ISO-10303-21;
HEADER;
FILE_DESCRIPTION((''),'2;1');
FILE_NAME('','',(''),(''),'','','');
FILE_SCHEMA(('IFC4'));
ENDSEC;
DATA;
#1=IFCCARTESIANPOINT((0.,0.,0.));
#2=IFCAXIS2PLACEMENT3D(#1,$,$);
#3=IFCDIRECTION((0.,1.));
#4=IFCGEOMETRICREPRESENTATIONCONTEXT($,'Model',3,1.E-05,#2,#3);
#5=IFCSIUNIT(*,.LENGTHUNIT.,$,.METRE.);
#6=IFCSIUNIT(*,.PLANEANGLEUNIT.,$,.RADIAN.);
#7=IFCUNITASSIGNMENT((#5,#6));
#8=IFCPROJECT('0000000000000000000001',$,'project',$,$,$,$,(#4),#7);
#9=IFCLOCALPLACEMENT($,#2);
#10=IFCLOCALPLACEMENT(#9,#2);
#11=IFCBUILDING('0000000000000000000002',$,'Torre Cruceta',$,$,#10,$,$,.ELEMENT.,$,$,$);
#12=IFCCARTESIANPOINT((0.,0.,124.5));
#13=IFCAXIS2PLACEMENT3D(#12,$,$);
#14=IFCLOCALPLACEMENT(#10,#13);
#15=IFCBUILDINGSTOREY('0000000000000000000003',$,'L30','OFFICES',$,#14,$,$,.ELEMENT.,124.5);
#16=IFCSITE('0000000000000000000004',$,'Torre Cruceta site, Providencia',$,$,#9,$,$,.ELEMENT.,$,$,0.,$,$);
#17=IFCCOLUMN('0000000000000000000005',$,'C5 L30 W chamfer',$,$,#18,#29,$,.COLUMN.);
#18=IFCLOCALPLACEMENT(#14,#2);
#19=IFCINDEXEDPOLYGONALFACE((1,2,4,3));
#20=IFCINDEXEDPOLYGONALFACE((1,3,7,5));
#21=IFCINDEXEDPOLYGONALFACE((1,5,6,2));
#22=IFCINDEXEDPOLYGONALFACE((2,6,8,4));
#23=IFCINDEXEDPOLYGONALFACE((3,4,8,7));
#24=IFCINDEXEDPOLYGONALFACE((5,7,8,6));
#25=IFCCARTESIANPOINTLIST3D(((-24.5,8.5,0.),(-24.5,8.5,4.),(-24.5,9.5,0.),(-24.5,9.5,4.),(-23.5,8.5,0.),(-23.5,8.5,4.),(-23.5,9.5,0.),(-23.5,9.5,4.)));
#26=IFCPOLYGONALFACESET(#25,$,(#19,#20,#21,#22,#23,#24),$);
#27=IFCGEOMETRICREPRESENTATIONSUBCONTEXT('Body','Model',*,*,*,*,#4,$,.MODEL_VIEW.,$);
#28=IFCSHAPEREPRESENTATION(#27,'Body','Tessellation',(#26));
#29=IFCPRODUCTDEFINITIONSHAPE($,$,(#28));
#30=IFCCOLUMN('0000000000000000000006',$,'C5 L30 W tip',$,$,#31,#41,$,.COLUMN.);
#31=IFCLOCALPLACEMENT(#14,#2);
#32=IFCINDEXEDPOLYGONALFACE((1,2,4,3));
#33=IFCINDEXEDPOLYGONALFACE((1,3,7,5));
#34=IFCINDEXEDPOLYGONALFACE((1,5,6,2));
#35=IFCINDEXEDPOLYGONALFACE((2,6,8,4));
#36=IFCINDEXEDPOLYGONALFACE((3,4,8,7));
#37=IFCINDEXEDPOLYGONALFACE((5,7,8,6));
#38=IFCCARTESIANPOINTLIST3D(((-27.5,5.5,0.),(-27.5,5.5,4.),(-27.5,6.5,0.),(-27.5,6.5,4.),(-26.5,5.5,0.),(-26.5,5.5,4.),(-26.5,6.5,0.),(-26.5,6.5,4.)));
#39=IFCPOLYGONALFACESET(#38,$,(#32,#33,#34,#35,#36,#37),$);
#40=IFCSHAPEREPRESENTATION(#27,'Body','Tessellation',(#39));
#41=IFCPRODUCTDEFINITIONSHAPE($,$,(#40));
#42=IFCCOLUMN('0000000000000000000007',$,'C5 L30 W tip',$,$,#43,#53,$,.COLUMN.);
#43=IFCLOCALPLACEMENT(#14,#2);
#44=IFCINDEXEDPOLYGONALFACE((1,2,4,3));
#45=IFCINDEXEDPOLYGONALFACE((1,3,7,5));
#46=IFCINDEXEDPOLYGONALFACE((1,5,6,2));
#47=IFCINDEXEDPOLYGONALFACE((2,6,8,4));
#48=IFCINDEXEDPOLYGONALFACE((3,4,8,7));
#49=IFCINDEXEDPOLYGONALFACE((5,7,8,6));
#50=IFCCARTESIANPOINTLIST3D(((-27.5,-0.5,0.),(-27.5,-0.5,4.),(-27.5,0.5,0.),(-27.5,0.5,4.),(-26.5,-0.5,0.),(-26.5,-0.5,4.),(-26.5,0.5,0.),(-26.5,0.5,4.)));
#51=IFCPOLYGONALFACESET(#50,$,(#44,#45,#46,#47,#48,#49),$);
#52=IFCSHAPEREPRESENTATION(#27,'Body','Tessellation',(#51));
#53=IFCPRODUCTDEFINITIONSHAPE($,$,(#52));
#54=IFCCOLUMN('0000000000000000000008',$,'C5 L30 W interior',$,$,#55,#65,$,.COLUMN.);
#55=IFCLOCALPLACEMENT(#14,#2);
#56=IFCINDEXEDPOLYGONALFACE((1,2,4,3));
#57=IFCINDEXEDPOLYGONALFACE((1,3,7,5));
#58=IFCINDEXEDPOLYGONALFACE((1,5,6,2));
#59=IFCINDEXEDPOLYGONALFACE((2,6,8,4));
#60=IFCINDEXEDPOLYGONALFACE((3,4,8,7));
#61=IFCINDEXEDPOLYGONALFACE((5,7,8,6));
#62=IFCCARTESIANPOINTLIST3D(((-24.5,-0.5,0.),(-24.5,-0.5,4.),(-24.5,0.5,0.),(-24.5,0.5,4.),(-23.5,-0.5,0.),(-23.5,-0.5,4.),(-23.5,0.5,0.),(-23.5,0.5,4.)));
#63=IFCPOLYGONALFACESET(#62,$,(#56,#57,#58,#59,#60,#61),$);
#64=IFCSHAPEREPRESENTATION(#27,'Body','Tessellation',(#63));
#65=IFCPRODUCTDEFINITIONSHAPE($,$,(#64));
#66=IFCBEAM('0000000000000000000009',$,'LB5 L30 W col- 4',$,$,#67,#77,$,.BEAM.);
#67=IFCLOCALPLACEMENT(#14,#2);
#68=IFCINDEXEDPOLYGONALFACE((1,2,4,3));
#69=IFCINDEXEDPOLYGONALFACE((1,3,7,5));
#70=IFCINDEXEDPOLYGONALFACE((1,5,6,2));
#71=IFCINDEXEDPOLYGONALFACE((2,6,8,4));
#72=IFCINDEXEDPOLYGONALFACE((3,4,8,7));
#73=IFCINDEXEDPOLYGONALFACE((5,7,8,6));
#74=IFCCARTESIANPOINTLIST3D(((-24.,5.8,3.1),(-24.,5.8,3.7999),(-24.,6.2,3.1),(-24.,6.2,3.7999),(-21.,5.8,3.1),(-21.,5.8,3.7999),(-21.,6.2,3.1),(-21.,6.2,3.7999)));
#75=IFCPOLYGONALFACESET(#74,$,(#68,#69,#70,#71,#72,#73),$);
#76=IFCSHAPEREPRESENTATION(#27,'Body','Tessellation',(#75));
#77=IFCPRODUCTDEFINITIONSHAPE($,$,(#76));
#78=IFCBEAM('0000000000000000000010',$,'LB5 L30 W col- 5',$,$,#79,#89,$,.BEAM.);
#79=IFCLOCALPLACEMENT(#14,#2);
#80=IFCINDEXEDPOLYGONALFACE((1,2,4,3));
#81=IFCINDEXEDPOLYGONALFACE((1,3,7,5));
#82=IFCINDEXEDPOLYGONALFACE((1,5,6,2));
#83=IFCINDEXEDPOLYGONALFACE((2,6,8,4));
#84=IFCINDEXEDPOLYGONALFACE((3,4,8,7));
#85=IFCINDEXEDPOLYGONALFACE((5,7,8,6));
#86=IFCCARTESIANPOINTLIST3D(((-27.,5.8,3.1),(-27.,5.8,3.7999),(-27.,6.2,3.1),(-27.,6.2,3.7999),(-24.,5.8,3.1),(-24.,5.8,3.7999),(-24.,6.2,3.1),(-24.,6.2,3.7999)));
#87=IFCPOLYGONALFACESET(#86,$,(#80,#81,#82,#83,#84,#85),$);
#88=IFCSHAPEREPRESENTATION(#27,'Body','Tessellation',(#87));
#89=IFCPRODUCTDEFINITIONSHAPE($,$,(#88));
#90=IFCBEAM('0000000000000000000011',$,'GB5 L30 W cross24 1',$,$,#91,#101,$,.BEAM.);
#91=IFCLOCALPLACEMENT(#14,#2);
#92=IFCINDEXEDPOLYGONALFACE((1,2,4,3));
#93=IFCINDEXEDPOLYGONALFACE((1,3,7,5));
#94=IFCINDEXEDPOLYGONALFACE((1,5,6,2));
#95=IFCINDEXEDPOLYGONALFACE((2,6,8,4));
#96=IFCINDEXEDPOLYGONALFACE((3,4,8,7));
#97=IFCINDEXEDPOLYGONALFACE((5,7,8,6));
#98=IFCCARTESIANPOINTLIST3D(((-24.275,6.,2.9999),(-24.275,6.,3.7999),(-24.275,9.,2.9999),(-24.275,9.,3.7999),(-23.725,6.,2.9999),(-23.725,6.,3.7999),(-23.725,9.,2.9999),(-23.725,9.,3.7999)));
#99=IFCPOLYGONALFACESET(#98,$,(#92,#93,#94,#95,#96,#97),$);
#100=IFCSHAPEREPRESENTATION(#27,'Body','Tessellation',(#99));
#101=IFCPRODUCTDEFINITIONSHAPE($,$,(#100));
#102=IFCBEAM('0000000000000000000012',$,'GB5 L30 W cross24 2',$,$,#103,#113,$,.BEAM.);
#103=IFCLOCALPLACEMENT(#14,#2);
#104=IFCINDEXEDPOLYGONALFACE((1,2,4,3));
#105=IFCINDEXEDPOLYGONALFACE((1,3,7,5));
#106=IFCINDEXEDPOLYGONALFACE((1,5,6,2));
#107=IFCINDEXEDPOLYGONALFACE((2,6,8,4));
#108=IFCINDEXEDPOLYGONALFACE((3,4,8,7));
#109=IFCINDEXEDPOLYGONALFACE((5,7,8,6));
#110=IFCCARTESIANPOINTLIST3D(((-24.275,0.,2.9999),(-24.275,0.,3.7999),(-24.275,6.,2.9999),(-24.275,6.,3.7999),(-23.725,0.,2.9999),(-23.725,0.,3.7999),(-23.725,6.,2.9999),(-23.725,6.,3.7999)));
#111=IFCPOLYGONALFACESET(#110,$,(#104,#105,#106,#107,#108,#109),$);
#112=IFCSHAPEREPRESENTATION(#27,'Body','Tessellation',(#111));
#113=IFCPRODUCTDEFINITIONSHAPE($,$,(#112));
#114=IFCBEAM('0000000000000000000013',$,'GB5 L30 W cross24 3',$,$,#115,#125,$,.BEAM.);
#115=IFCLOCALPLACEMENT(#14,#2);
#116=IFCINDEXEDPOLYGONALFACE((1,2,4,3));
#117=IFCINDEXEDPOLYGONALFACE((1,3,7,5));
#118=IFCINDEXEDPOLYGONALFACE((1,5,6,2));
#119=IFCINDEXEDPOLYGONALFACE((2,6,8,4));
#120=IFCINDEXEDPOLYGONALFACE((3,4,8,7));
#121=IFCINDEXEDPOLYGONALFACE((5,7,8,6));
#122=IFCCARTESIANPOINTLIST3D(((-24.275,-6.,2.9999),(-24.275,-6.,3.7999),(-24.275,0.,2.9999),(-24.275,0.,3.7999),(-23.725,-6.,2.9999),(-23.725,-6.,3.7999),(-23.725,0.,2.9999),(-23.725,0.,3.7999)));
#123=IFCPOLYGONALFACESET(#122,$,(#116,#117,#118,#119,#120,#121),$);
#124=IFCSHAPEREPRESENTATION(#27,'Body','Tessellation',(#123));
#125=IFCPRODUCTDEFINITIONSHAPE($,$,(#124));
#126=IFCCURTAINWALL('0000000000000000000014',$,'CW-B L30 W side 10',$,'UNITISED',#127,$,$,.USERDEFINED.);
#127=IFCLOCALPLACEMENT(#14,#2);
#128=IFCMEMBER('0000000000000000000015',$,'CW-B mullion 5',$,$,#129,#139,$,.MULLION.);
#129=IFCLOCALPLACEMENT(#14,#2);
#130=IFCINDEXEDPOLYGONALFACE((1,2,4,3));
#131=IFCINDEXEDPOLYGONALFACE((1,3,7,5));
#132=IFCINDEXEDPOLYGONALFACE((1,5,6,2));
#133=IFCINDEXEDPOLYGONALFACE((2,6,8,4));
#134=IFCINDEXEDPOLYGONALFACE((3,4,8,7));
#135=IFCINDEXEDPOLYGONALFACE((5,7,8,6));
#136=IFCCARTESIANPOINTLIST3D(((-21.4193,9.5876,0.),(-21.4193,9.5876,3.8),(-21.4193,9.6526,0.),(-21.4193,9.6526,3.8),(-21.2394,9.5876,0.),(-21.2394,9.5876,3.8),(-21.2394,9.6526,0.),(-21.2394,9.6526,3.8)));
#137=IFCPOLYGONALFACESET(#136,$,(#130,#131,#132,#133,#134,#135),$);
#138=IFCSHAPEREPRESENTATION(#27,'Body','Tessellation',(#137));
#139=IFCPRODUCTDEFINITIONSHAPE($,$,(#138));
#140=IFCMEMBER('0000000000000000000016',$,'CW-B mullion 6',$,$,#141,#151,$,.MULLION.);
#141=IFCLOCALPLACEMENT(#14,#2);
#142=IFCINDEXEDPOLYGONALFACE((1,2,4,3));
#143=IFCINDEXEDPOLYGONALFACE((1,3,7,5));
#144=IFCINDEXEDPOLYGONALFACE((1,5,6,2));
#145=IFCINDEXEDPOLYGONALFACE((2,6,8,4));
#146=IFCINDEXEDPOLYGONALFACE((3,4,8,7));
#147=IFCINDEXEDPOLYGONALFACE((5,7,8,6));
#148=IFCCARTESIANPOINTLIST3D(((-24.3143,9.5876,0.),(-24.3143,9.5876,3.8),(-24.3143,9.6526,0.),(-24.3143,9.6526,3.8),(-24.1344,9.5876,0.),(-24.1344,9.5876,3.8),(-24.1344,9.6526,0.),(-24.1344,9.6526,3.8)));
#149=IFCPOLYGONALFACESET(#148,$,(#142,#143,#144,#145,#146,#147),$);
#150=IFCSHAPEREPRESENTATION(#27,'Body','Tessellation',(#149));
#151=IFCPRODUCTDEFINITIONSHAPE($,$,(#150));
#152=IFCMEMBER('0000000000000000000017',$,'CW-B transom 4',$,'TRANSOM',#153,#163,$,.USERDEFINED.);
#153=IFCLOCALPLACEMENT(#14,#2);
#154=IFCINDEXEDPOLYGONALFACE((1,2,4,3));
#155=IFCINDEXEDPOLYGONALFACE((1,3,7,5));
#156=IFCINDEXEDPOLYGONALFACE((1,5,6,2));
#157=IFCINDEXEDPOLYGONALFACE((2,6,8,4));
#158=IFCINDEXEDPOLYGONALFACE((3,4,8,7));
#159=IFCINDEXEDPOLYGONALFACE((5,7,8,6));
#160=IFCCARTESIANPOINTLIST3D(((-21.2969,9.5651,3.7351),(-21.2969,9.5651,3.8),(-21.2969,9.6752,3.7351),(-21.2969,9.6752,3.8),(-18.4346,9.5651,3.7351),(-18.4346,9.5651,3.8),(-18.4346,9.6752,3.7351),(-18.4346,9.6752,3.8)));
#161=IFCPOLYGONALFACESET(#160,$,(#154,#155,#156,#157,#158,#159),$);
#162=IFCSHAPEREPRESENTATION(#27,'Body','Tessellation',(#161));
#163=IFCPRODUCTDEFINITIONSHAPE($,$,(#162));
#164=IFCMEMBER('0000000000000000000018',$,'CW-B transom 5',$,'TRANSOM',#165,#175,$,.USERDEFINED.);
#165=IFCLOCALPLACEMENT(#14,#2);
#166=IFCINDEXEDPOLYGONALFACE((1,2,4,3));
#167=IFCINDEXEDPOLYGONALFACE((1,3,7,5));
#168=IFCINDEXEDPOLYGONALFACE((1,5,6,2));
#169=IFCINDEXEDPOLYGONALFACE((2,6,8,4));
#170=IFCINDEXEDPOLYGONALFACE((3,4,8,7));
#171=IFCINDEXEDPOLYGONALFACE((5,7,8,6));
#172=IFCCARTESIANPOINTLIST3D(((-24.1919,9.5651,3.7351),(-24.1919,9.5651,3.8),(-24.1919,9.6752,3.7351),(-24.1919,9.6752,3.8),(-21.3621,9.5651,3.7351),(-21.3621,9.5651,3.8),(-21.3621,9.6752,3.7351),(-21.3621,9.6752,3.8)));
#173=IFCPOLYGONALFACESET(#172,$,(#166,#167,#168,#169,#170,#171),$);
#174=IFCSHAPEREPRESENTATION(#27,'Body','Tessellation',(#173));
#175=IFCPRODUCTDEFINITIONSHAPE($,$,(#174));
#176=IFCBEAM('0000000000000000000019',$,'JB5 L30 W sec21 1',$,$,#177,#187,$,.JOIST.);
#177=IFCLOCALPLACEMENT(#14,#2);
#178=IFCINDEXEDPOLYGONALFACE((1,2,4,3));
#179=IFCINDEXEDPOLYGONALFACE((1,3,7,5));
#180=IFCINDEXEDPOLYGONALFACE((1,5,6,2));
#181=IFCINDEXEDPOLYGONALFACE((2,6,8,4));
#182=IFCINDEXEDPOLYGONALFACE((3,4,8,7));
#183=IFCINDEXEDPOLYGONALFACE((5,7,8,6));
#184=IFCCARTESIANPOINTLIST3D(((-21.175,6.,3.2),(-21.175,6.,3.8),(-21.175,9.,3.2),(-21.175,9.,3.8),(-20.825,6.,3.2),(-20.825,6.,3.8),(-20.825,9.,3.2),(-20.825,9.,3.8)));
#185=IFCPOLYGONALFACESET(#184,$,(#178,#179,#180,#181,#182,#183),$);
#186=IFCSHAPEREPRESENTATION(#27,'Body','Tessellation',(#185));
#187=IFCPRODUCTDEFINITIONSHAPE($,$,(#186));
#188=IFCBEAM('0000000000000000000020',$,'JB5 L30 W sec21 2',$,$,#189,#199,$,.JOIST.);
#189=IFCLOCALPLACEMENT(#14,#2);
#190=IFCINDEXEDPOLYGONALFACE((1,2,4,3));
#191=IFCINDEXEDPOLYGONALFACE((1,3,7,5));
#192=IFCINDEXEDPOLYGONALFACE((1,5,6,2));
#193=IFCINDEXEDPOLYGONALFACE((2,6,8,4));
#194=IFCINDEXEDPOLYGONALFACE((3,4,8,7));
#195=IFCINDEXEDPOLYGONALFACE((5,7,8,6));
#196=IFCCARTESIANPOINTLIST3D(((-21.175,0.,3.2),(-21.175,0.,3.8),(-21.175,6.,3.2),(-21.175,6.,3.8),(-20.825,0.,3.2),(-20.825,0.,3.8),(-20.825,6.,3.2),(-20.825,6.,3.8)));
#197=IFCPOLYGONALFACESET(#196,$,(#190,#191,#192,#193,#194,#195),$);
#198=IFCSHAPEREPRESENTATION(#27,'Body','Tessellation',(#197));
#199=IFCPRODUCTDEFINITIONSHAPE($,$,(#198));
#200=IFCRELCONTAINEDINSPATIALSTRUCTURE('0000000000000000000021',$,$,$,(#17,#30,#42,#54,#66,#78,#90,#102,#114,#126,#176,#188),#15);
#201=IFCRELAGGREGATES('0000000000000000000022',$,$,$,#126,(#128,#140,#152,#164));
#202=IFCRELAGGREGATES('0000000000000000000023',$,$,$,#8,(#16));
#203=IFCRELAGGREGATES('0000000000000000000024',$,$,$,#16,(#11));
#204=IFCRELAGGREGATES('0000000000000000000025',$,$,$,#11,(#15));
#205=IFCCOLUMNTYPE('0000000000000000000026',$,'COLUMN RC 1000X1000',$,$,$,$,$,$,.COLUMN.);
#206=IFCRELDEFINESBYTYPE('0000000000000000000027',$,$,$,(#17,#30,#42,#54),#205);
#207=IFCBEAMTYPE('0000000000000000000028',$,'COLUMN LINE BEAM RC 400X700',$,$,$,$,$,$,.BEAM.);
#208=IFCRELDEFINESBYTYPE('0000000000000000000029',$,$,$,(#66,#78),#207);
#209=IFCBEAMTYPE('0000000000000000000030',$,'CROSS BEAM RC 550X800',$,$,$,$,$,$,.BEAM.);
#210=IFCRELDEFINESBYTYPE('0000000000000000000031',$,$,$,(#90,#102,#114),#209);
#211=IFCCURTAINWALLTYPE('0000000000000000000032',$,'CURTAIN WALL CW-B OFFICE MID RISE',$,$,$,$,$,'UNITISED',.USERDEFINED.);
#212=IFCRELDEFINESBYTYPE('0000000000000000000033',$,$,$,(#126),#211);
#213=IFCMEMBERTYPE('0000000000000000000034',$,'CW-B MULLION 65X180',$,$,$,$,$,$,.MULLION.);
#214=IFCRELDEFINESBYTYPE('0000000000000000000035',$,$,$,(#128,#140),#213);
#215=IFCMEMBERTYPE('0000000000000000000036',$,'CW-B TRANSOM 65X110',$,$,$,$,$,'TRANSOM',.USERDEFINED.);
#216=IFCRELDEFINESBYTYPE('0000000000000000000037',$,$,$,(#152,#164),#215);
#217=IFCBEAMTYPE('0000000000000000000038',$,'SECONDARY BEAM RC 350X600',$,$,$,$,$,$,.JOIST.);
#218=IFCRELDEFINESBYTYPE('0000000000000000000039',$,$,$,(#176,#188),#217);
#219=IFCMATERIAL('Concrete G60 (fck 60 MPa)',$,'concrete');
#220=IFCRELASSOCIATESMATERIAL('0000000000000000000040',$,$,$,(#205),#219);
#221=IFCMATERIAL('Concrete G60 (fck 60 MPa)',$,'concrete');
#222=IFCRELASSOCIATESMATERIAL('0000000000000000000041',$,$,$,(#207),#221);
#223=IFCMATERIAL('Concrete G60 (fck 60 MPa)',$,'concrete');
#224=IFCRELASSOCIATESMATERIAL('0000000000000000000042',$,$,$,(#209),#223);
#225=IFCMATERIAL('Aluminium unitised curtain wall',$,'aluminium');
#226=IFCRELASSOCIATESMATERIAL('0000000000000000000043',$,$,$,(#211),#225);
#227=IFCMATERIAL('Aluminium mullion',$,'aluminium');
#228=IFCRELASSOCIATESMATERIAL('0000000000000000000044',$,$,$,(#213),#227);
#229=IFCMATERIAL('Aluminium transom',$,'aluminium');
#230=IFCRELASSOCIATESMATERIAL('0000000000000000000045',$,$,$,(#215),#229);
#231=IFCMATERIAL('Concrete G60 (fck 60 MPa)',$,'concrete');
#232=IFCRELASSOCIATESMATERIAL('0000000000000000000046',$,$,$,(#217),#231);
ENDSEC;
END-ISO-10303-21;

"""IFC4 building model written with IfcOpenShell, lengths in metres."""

from ifc_helpers import new_model, si_unit, direction, frame, origin, origin_2d, place, context, subcontext, project, spatial, rectangle, extrude, material, material_profile, profile_set, type_object, element, aggregate, save


model = new_model("IFC4")

# Units and contexts
model_context = context("Model", 3, precision=1e-05, world=origin(), true_north=direction((0.0, 1.0)))
body_context = subcontext(model_context, "Body", "Model", "MODEL_VIEW")
ifc_project = project(units=[si_unit("LENGTHUNIT", "METRE"), si_unit("PLANEANGLEUNIT", "RADIAN")], contexts=[model_context])

# Site, building, storey
site_placement = place(None, origin())
site = spatial("IfcSite", under=ifc_project, at=site_placement, Name="Torre Cruceta site, Providencia", CompositionType="ELEMENT", RefElevation=0.0)
building_placement = place(site_placement, origin())
building = spatial("IfcBuilding", under=site, at=building_placement, Name="Torre Cruceta", CompositionType="ELEMENT")
storey_placement = place(building_placement, frame((0.0, 0.0, 124.5)))
storey = spatial("IfcBuildingStorey", under=building, at=storey_placement, Name="L30", Description="OFFICES", CompositionType="ELEMENT", Elevation=124.5)

# Columns
ifc_material_1 = material(Name="Concrete G60 (fck 60 MPa)", Category="concrete")
ifc_material_profile_1 = material_profile(ifc_material_1, rectangle(XDim=1.0, YDim=1.0, at=origin_2d()), Name="RC 1000X1000")
ifc_profile_set_1 = profile_set([ifc_material_profile_1], Name="Concrete G60 (fck 60 MPa)")
column_type = type_object("IfcColumnType", Name="COLUMN RC 1000X1000", PredefinedType="COLUMN", material=ifc_profile_set_1)
for number, where, z_axis, x_axis, name in (
    (1, (-24.0, 9.0, 0.0), (0.0, 0.0, 1.0), (1.0, 0.0, 0.0), "C5 L30 W chamfer"),
    (2, (-27.0, 6.0, 0.0), (0.0, 0.0, 1.0), (1.0, 0.0, 0.0), "C5 L30 W tip"),
    (3, (-27.0, 0.0, 0.0), (0.0, 0.0, 1.0), (1.0, 0.0, 0.0), "C5 L30 W tip"),
    (4, (-24.0, 0.0, 0.0), (0.0, 0.0, 1.0), (1.0, 0.0, 0.0), "C5 L30 W interior"),
):
    element("IfcColumn", number, at=place(storey_placement, frame(where, z_axis=z_axis, x_axis=x_axis)), inside=storey, type_object=column_type, Name=name, PredefinedType="COLUMN", context=body_context, shape_type="SweptSolid", body=[
        extrude(rectangle(XDim=1.0, YDim=1.0, at=origin_2d()), origin(), (0.0, 0.0, 1.0), 4.0),
    ])

# Beams
ifc_material_2 = material(Name="Concrete G60 (fck 60 MPa)", Category="concrete")
ifc_material_profile_2 = material_profile(ifc_material_2, rectangle(XDim=0.3999, YDim=0.7, at=origin_2d()), Name="RC 400X700")
ifc_profile_set_2 = profile_set([ifc_material_profile_2], Name="Concrete G60 (fck 60 MPa)")
beam_type_1 = type_object("IfcBeamType", Name="COLUMN LINE BEAM RC 400X700", PredefinedType="BEAM", material=ifc_profile_set_2)
for number, where, z_axis, x_axis, name in (
    (5, (-21.0, 6.0, 3.45), (-1.0, 0.0, 0.0), (0.0, -1.0, 0.0), "LB5 L30 W col- 4"),
    (6, (-24.0, 6.0, 3.45), (-1.0, 0.0, 0.0), (0.0, -1.0, 0.0), "LB5 L30 W col- 5"),
):
    element("IfcBeam", number, at=place(storey_placement, frame(where, z_axis=z_axis, x_axis=x_axis)), inside=storey, type_object=beam_type_1, Name=name, PredefinedType="BEAM", context=body_context, shape_type="SweptSolid", body=[
        extrude(rectangle(XDim=0.3999, YDim=0.7, at=origin_2d()), origin(), (0.0, 0.0, 1.0), 3.0),
    ])
ifc_material_3 = material(Name="Concrete G60 (fck 60 MPa)", Category="concrete")
ifc_material_profile_3 = material_profile(ifc_material_3, rectangle(XDim=0.55, YDim=0.8, at=origin_2d()), Name="RC 550X800")
ifc_profile_set_3 = profile_set([ifc_material_profile_3], Name="Concrete G60 (fck 60 MPa)")
beam_type_2 = type_object("IfcBeamType", Name="CROSS BEAM RC 550X800", PredefinedType="BEAM", material=ifc_profile_set_3)
beam_1_placement = place(storey_placement, frame((-24.0, 9.0, 3.3999), z_axis=(0.0, -1.0, 0.0), x_axis=(1.0, 0.0, 0.0)))
element("IfcBeam", 7, at=beam_1_placement, inside=storey, type_object=beam_type_2, Name="GB5 L30 W cross24 1", PredefinedType="BEAM", context=body_context, shape_type="SweptSolid", body=[
    extrude(rectangle(XDim=0.55, YDim=0.8, at=origin_2d()), origin(), (0.0, 0.0, 1.0), 3.0),
])
for number, where, z_axis, x_axis, name in (
    (8, (-24.0, 6.0, 3.3999), (0.0, -1.0, 0.0), (1.0, 0.0, 0.0), "GB5 L30 W cross24 2"),
    (9, (-24.0, 0.0, 3.3999), (0.0, -1.0, 0.0), (1.0, 0.0, 0.0), "GB5 L30 W cross24 3"),
):
    element("IfcBeam", number, at=place(storey_placement, frame(where, z_axis=z_axis, x_axis=x_axis)), inside=storey, type_object=beam_type_2, Name=name, PredefinedType="BEAM", context=body_context, shape_type="SweptSolid", body=[
        extrude(rectangle(XDim=0.55, YDim=0.8, at=origin_2d()), origin(), (0.0, 0.0, 1.0), 6.0),
    ])

# Curtain wall, members
ifc_material_4 = material(Name="Aluminium unitised curtain wall", Category="aluminium")
curtain_wall_type = type_object("IfcCurtainWallType", Name="CURTAIN WALL CW-B OFFICE MID RISE", ElementType="UNITISED", PredefinedType="USERDEFINED", material=ifc_material_4)
curtain_wall_placement = place(storey_placement, origin())
curtain_wall = element("IfcCurtainWall", 10, at=curtain_wall_placement, inside=storey, type_object=curtain_wall_type, Name="CW-B L30 W side 10", ObjectType="UNITISED", PredefinedType="USERDEFINED")
ifc_material_5 = material(Name="Aluminium mullion", Category="aluminium")
ifc_material_profile_4 = material_profile(ifc_material_5, rectangle(XDim=0.0649, YDim=0.1799, at=origin_2d()), Name="AL 65X180")
ifc_profile_set_4 = profile_set([ifc_material_profile_4], Name="Aluminium mullion")
member_type_1 = type_object("IfcMemberType", Name="CW-B MULLION 65X180", PredefinedType="MULLION", material=ifc_profile_set_4)
member_1_placement = place(storey_placement, frame((-21.3293, 9.6201, 0.0), z_axis=(0.0, 0.0, 1.0), x_axis=(0.0, -1.0, 0.0)))
member_1 = element("IfcMember", 11, at=member_1_placement, type_object=member_type_1, Name="CW-B mullion 5", PredefinedType="MULLION", context=body_context, shape_type="SweptSolid", body=[
    extrude(rectangle(XDim=0.0649, YDim=0.1799, at=origin_2d()), origin(), (0.0, 0.0, 1.0), 3.8),
])
member_2_placement = place(storey_placement, frame((-24.2244, 9.6201, 0.0), z_axis=(0.0, 0.0, 1.0), x_axis=(0.0, -1.0, 0.0)))
member_2 = element("IfcMember", 12, at=member_2_placement, type_object=member_type_1, Name="CW-B mullion 6", PredefinedType="MULLION", context=body_context, shape_type="SweptSolid", body=[
    extrude(rectangle(XDim=0.0649, YDim=0.1799, at=origin_2d()), origin(), (0.0, 0.0, 1.0), 3.8),
])
ifc_material_6 = material(Name="Aluminium transom", Category="aluminium")
ifc_material_profile_5 = material_profile(ifc_material_6, rectangle(XDim=0.1101, YDim=0.0649, at=origin_2d()), Name="AL 110X65")
ifc_profile_set_5 = profile_set([ifc_material_profile_5], Name="Aluminium transom")
member_type_2 = type_object("IfcMemberType", Name="CW-B TRANSOM 65X110", ElementType="TRANSOM", PredefinedType="USERDEFINED", material=ifc_profile_set_5)
member_3_placement = place(storey_placement, frame((-18.4346, 9.6201, 3.7676), z_axis=(-1.0, 0.0, 0.0), x_axis=(0.0, -1.0, 0.0)))
member_3 = element("IfcMember", 13, at=member_3_placement, type_object=member_type_2, Name="CW-B transom 4", ObjectType="TRANSOM", PredefinedType="USERDEFINED", context=body_context, shape_type="SweptSolid", body=[
    extrude(rectangle(XDim=0.1101, YDim=0.0649, at=origin_2d()), origin(), (0.0, 0.0, 1.0), 2.8623),
])
member_4_placement = place(storey_placement, frame((-21.3621, 9.6201, 3.7676), z_axis=(-1.0, 0.0, 0.0), x_axis=(0.0, -1.0, 0.0)))
member_4 = element("IfcMember", 14, at=member_4_placement, type_object=member_type_2, Name="CW-B transom 5", ObjectType="TRANSOM", PredefinedType="USERDEFINED", context=body_context, shape_type="SweptSolid", body=[
    extrude(rectangle(XDim=0.1101, YDim=0.0649, at=origin_2d()), origin(), (0.0, 0.0, 1.0), 2.8298),
])

# Beams
ifc_material_7 = material(Name="Concrete G60 (fck 60 MPa)", Category="concrete")
ifc_material_profile_6 = material_profile(ifc_material_7, rectangle(XDim=0.3501, YDim=0.6001, at=origin_2d()), Name="RC 350X600")
ifc_profile_set_6 = profile_set([ifc_material_profile_6], Name="Concrete G60 (fck 60 MPa)")
beam_type_3 = type_object("IfcBeamType", Name="SECONDARY BEAM RC 350X600", PredefinedType="JOIST", material=ifc_profile_set_6)
beam_2_placement = place(storey_placement, frame((-21.0, 9.0, 3.5), z_axis=(0.0, -1.0, 0.0), x_axis=(1.0, 0.0, 0.0)))
element("IfcBeam", 15, at=beam_2_placement, inside=storey, type_object=beam_type_3, Name="JB5 L30 W sec21 1", PredefinedType="JOIST", context=body_context, shape_type="SweptSolid", body=[
    extrude(rectangle(XDim=0.3501, YDim=0.6001, at=origin_2d()), origin(), (0.0, 0.0, 1.0), 3.0),
])
for number, where, z_axis, x_axis, name in (
    (16, (-21.0, 6.0, 3.5), (0.0, -1.0, 0.0), (1.0, 0.0, 0.0), "JB5 L30 W sec21 2"),
):
    element("IfcBeam", number, at=place(storey_placement, frame(where, z_axis=z_axis, x_axis=x_axis)), inside=storey, type_object=beam_type_3, Name=name, PredefinedType="JOIST", context=body_context, shape_type="SweptSolid", body=[
        extrude(rectangle(XDim=0.3501, YDim=0.6001, at=origin_2d()), origin(), (0.0, 0.0, 1.0), 6.0),
    ])

aggregate(curtain_wall, [member_1, member_2, member_3, member_4])

save(model, "model.ifc")
